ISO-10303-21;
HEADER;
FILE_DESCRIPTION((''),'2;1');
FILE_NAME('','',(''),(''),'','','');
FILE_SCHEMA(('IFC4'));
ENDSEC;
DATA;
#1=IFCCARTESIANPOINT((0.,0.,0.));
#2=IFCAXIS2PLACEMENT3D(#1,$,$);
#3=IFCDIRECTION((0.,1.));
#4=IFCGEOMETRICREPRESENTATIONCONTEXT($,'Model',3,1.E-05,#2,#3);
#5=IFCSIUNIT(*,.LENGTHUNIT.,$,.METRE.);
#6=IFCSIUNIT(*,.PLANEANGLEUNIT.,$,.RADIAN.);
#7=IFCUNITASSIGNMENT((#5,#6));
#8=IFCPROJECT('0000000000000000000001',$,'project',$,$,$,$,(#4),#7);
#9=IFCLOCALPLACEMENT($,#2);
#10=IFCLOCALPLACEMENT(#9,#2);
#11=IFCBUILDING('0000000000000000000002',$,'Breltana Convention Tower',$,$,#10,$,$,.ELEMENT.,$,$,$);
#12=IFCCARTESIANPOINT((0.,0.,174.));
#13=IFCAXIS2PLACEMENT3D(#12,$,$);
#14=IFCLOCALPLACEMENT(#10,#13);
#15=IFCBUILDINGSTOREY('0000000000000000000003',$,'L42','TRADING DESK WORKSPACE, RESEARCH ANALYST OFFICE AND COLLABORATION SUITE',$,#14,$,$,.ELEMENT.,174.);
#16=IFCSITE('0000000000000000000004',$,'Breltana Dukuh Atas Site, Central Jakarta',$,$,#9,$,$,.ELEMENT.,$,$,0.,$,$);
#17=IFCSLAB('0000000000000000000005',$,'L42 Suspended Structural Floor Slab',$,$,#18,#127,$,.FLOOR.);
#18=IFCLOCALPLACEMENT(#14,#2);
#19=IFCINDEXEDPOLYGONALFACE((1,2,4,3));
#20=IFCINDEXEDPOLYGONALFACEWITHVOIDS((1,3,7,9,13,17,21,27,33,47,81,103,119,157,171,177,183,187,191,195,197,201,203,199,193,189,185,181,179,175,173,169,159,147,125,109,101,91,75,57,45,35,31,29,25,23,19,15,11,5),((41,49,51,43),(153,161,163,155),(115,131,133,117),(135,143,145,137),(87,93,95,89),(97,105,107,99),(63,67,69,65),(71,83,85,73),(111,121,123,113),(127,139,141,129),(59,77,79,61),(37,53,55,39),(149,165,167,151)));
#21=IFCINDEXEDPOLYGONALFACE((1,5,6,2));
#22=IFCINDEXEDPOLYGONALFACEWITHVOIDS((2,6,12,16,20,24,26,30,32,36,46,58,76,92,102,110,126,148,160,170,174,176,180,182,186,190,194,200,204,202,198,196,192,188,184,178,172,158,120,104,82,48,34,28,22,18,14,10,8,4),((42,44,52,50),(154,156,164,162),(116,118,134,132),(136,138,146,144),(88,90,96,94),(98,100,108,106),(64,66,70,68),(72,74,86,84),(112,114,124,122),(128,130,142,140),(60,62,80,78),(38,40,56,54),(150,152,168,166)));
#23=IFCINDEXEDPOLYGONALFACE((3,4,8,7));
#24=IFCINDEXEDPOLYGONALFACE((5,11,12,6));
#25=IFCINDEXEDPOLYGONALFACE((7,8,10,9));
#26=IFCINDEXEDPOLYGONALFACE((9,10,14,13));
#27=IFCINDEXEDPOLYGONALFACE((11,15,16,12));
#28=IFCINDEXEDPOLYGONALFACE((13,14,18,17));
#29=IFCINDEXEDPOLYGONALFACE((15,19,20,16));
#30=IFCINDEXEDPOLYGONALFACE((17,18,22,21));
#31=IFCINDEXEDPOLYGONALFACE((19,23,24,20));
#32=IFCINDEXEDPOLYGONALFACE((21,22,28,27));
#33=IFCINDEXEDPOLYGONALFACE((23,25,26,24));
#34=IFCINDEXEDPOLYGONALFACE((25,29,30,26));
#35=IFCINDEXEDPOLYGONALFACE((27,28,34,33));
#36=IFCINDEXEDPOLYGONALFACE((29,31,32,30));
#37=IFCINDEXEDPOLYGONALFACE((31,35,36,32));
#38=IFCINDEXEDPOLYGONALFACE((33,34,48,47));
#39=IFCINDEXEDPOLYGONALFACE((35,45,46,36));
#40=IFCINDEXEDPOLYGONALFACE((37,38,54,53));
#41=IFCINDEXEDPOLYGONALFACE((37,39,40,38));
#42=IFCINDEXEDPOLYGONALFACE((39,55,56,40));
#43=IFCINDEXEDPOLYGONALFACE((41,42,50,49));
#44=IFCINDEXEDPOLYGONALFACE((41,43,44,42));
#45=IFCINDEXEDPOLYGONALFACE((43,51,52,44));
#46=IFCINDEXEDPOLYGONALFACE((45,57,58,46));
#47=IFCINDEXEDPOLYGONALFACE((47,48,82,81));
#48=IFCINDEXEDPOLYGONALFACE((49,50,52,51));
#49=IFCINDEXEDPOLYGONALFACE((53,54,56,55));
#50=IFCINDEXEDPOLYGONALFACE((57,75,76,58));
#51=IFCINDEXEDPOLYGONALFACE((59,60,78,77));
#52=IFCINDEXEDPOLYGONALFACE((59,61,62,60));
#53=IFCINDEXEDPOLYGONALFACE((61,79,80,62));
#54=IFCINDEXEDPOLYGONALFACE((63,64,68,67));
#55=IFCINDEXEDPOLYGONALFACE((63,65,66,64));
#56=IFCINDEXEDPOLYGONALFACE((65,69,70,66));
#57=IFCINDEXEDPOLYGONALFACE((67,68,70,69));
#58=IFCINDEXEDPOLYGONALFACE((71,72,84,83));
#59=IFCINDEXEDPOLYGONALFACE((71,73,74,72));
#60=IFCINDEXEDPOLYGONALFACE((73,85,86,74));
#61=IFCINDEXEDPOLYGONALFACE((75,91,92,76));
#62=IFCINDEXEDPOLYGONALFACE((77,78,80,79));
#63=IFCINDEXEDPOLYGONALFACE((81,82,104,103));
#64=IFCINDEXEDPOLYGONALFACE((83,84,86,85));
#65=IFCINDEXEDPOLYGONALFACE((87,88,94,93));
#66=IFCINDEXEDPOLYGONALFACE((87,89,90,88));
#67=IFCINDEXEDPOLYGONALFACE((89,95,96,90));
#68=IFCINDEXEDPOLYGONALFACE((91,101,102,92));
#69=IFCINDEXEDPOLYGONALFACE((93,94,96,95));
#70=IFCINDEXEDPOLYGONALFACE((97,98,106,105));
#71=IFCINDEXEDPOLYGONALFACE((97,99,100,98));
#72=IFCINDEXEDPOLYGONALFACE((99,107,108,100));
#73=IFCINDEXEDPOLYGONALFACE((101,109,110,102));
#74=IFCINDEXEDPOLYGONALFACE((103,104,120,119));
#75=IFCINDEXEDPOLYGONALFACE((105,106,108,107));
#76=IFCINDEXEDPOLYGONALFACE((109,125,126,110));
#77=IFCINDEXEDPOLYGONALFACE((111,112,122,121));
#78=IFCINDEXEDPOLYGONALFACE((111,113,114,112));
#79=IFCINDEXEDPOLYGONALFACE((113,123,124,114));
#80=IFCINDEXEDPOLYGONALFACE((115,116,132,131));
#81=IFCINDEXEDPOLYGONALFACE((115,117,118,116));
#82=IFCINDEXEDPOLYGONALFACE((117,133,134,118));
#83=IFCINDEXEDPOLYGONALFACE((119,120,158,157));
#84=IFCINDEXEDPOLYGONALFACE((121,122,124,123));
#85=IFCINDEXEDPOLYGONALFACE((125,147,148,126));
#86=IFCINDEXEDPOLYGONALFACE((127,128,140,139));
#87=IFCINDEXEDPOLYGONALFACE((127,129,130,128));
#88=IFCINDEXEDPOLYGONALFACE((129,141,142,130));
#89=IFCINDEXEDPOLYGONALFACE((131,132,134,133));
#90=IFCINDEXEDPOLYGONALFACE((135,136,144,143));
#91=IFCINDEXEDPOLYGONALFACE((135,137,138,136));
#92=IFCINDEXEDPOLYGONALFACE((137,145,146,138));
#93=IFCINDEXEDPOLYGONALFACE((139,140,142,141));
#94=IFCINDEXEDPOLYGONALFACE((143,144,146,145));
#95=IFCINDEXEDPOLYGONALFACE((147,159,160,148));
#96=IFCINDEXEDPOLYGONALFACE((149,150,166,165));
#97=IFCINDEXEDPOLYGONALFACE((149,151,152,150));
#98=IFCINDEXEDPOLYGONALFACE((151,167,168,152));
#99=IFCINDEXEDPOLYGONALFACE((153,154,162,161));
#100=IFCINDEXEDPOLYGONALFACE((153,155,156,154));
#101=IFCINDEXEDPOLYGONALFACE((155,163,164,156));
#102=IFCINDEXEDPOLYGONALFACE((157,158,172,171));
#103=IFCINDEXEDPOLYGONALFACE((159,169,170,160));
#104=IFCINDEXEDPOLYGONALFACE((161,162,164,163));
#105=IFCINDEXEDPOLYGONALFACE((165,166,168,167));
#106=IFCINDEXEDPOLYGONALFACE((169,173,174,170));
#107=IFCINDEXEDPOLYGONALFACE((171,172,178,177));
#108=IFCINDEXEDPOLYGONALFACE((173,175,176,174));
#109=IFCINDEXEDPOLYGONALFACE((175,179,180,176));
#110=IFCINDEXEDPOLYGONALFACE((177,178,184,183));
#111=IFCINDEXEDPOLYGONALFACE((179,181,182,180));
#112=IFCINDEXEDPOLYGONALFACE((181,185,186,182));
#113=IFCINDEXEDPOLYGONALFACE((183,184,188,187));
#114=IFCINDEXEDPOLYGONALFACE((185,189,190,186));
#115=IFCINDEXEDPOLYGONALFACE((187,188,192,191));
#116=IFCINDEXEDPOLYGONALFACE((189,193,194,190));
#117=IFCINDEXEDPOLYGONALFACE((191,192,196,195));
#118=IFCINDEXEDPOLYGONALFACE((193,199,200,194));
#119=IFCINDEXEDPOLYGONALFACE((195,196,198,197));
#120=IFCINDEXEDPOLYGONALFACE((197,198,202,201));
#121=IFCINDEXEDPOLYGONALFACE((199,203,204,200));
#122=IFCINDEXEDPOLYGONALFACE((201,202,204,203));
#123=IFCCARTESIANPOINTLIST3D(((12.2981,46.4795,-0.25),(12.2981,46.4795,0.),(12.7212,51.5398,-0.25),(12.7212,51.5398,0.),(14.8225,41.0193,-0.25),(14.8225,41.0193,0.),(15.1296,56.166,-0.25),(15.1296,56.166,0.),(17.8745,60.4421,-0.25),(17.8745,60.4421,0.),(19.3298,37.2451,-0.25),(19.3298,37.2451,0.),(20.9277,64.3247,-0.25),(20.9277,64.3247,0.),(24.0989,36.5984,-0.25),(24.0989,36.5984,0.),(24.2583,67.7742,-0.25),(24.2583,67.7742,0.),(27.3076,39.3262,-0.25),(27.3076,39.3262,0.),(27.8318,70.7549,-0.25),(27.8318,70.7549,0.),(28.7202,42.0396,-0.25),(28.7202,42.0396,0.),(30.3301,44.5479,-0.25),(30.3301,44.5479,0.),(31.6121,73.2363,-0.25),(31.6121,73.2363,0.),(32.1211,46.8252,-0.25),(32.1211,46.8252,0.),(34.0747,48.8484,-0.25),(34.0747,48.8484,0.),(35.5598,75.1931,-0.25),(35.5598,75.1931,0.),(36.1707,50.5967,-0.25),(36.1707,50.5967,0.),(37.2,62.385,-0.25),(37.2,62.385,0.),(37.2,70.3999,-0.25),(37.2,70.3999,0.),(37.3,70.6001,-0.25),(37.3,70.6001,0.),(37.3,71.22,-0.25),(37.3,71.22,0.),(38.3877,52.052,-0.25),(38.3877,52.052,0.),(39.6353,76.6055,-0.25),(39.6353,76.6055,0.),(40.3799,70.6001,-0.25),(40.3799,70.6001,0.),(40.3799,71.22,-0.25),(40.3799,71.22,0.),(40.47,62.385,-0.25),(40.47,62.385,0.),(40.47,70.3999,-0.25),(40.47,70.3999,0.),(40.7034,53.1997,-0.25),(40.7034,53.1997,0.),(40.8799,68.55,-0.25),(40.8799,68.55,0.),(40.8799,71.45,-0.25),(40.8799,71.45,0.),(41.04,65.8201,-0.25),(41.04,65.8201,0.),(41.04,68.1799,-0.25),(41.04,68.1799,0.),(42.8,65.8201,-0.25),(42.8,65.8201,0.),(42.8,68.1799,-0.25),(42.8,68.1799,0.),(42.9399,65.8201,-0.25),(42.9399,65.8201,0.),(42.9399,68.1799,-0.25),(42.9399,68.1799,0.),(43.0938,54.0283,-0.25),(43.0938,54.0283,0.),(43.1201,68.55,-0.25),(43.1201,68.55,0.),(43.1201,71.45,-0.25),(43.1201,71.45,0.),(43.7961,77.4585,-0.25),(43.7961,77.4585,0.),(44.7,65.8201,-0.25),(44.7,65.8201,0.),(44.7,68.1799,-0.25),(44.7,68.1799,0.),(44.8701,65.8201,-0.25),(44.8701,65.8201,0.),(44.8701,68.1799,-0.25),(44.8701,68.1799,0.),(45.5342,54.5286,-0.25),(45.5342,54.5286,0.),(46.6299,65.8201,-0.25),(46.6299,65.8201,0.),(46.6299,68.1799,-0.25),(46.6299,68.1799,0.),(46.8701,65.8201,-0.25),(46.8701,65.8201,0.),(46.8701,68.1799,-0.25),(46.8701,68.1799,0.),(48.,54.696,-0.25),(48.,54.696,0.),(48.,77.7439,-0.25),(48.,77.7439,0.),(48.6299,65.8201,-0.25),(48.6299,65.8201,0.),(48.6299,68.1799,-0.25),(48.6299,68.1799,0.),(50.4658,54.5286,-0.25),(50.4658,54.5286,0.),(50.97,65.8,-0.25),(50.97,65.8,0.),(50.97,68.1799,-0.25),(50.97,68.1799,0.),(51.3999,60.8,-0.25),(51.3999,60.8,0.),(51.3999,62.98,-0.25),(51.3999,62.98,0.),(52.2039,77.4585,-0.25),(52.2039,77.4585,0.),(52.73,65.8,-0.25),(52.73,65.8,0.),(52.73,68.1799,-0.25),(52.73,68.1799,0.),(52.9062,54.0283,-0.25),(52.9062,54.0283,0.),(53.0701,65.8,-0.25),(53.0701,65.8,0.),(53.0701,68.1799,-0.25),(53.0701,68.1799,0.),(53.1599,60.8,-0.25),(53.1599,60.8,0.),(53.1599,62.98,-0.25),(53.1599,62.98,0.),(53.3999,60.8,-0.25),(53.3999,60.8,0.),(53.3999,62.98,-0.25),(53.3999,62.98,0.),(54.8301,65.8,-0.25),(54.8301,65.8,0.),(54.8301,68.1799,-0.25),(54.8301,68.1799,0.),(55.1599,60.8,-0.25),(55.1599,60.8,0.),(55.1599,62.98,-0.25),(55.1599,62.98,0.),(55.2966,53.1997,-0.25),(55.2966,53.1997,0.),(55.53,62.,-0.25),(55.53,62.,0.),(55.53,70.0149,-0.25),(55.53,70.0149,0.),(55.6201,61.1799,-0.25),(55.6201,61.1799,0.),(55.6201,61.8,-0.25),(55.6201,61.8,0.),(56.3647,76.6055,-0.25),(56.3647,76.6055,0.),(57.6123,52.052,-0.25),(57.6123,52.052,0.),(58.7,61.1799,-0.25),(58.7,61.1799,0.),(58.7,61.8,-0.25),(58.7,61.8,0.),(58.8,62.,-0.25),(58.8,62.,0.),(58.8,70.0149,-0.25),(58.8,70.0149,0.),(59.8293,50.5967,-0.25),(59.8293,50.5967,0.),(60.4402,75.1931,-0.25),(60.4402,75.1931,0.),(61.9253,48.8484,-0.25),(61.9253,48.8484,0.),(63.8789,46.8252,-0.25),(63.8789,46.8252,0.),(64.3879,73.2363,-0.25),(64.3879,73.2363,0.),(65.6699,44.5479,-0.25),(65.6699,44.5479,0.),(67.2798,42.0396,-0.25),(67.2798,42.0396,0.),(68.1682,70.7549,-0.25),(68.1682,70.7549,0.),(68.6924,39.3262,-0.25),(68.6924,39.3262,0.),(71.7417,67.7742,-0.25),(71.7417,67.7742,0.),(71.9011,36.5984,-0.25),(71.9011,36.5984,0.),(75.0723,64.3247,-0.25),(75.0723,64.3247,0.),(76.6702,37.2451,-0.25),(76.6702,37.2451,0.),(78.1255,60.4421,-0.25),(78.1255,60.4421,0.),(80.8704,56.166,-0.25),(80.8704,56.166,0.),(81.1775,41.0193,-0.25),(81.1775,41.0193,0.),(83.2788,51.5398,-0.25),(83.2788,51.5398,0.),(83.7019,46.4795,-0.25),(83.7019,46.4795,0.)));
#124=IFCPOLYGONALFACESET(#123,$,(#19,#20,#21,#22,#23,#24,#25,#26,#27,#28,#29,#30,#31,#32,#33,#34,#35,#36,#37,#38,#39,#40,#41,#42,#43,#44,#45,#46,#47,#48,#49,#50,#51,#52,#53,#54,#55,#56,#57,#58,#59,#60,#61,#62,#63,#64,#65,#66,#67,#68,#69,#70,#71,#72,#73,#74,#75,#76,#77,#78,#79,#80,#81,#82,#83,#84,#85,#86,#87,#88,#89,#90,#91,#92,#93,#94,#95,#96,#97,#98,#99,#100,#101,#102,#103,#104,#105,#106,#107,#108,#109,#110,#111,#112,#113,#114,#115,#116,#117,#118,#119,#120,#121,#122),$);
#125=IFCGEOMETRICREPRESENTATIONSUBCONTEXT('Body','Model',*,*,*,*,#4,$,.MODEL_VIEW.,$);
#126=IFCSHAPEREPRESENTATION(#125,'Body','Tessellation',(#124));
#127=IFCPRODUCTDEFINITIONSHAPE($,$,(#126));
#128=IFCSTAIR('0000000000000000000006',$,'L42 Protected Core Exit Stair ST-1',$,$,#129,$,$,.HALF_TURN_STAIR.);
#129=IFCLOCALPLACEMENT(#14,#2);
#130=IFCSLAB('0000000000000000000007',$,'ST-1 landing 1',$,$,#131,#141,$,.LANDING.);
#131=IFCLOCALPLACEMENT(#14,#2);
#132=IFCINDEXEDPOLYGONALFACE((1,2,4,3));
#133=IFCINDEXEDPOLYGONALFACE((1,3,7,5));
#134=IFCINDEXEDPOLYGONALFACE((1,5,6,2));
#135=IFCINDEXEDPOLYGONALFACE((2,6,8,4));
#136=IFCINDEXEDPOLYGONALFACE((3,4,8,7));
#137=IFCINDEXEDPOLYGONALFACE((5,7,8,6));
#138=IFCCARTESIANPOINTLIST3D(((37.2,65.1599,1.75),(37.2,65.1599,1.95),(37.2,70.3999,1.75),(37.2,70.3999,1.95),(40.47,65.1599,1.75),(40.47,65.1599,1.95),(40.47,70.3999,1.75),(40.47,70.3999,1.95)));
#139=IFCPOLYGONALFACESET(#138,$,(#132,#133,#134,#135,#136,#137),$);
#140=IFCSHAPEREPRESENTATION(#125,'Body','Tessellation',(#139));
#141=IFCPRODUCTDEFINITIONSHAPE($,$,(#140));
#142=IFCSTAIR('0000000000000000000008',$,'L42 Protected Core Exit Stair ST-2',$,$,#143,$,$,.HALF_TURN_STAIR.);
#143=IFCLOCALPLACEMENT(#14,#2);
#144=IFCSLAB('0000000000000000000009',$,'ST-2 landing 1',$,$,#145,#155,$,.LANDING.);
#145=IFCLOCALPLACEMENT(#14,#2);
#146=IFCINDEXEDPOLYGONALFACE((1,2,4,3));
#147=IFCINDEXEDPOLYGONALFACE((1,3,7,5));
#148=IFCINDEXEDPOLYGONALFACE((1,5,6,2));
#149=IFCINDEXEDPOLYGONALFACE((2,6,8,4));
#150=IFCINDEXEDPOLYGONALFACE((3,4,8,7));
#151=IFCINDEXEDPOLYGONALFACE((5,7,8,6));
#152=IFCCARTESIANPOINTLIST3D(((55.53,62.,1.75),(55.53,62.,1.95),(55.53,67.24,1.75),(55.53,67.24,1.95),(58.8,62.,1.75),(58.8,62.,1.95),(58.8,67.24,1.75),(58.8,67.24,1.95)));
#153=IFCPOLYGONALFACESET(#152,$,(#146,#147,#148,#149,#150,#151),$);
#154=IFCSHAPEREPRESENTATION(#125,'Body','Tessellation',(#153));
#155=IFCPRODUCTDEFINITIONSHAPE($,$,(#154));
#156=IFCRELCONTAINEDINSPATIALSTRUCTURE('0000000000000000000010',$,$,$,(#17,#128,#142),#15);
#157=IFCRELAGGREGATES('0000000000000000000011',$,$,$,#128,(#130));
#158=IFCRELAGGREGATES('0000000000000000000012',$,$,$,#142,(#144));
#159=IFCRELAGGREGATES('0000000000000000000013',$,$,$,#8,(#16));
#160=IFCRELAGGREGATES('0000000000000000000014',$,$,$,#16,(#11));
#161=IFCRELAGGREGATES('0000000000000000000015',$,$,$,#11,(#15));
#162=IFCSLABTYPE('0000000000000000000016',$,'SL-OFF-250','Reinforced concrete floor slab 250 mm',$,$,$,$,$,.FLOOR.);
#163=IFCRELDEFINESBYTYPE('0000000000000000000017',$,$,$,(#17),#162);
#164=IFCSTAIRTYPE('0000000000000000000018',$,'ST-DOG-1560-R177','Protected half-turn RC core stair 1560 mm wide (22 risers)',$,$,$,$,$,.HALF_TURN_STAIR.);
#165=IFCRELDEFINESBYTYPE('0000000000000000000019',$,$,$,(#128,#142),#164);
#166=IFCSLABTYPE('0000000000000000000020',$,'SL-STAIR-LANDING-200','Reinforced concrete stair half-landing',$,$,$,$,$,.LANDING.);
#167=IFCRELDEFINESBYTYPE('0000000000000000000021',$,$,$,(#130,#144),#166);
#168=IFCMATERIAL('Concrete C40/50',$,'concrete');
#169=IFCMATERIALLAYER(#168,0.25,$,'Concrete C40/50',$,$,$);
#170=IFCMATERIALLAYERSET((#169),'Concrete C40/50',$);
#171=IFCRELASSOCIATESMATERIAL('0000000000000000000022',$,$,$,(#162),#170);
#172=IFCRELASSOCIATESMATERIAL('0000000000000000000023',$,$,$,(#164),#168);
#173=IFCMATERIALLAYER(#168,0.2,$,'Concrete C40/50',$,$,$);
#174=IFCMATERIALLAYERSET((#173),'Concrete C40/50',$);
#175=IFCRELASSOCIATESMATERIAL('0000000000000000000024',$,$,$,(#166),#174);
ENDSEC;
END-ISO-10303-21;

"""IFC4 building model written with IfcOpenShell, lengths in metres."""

from ifc_helpers import new_model, si_unit, direction, frame, origin, place, context, subcontext, project, spatial, polyline, outline, extrude, material, layer, layer_set, type_object, element, aggregate, save


model = new_model("IFC4")

# Units and contexts
model_context = context("Model", 3, precision=1e-05, world=origin(), true_north=direction((0.0, 1.0)))
body_context = subcontext(model_context, "Body", "Model", "MODEL_VIEW")
ifc_project = project(units=[si_unit("LENGTHUNIT", "METRE"), si_unit("PLANEANGLEUNIT", "RADIAN")], contexts=[model_context])

# Site, building, storey
site_placement = place(None, origin())
site = spatial("IfcSite", under=ifc_project, at=site_placement, Name="Breltana Dukuh Atas Site, Central Jakarta", CompositionType="ELEMENT", RefElevation=0.0)
building_placement = place(site_placement, origin())
building = spatial("IfcBuilding", under=site, at=building_placement, Name="Breltana Convention Tower", CompositionType="ELEMENT")
storey_placement = place(building_placement, frame((0.0, 0.0, 174.0)))
storey = spatial("IfcBuildingStorey", under=building, at=storey_placement, Name="L42", Description="TRADING DESK WORKSPACE, RESEARCH ANALYST OFFICE AND COLLABORATION SUITE", CompositionType="ELEMENT", Elevation=174.0)

# Slab
ifc_material_1 = material(Name="Concrete C40/50", Category="concrete")
ifc_layer_1 = layer(ifc_material_1, 0.25, Name="Concrete C40/50")
ifc_layer_set_1 = layer_set([ifc_layer_1], Name="Concrete C40/50")
slab_type_1 = type_object("IfcSlabType", Name="SL-OFF-250", Description="Reinforced concrete floor slab 250 mm", PredefinedType="FLOOR", material=ifc_layer_set_1)
slab_1_placement = place(storey_placement, frame((0.0, 0.0, -0.25)))
element("IfcSlab", 1, at=slab_1_placement, inside=storey, type_object=slab_type_1, Name="L42 Suspended Structural Floor Slab", PredefinedType="FLOOR", context=body_context, shape_type="SweptSolid", body=[
    extrude(outline(polyline([(83.2788, 51.5398), (80.8704, 56.166), (78.1255, 60.4421), (75.0723, 64.3247), (71.7417, 67.7742), (68.1682, 70.7549), (64.3879, 73.2363), (60.4402, 75.1931), (56.3647, 76.6055), (52.2039, 77.4585), (48.0, 77.7439), (43.7961, 77.4585), (39.6353, 76.6055), (35.5598, 75.1931), (31.6121, 73.2363), (27.8318, 70.7549), (24.2583, 67.7742), (20.9277, 64.3247), (17.8745, 60.4421), (15.1296, 56.166), (12.7212, 51.5398), (12.2981, 46.4795), (14.8225, 41.0193), (19.3298, 37.2451), (24.0989, 36.5984), (27.3076, 39.3262), (28.7202, 42.0396), (30.3301, 44.5479), (32.1211, 46.8252), (34.0747, 48.8484), (36.1707, 50.5967), (38.3877, 52.052), (40.7034, 53.1997), (43.0938, 54.0283), (45.5342, 54.5286), (48.0, 54.696), (50.4658, 54.5286), (52.9062, 54.0283), (55.2966, 53.1997), (57.6123, 52.052), (59.8293, 50.5967), (61.9253, 48.8484), (63.8789, 46.8252), (65.6699, 44.5479), (67.2798, 42.0396), (68.6924, 39.3262), (71.9011, 36.5984), (76.6702, 37.2451), (81.1775, 41.0193), (83.7019, 46.4795), (83.2788, 51.5398)]), holes=[polyline([(37.2, 62.385), (40.47, 62.385), (40.47, 70.3999), (37.2, 70.3999), (37.2, 62.385)]), polyline([(55.53, 62.0), (58.8, 62.0), (58.8, 70.0149), (55.53, 70.0149), (55.53, 62.0)]), polyline([(51.3999, 60.8), (53.1599, 60.8), (53.1599, 62.98), (51.3999, 62.98), (51.3999, 60.8)]), polyline([(53.3999, 60.8), (55.1599, 60.8), (55.1599, 62.98), (53.3999, 62.98), (53.3999, 60.8)]), polyline([(41.04, 65.8201), (42.8, 65.8201), (42.8, 68.1799), (41.04, 68.1799), (41.04, 65.8201)]), polyline([(42.9399, 65.8201), (44.7, 65.8201), (44.7, 68.1799), (42.9399, 68.1799), (42.9399, 65.8201)]), polyline([(44.8701, 65.8201), (46.6299, 65.8201), (46.6299, 68.1799), (44.8701, 68.1799), (44.8701, 65.8201)]), polyline([(46.8701, 65.8201), (48.6299, 65.8201), (48.6299, 68.1799), (46.8701, 68.1799), (46.8701, 65.8201)]), polyline([(50.97, 65.8), (52.73, 65.8), (52.73, 68.1799), (50.97, 68.1799), (50.97, 65.8)]), polyline([(53.0701, 65.8), (54.8301, 65.8), (54.8301, 68.1799), (53.0701, 68.1799), (53.0701, 65.8)]), polyline([(40.8799, 68.55), (43.1201, 68.55), (43.1201, 71.45), (40.8799, 71.45), (40.8799, 68.55)]), polyline([(37.3, 70.6001), (40.3799, 70.6001), (40.3799, 71.22), (37.3, 71.22), (37.3, 70.6001)]), polyline([(55.6201, 61.1799), (58.7, 61.1799), (58.7, 61.8), (55.6201, 61.8), (55.6201, 61.1799)])]), origin(), (0.0, 0.0, 1.0), 0.25),
])

# Stairs, slabs
stair_type = type_object("IfcStairType", Name="ST-DOG-1560-R177", Description="Protected half-turn RC core stair 1560 mm wide (22 risers)", PredefinedType="HALF_TURN_STAIR", material=ifc_material_1)
stair_1_placement = place(storey_placement, origin())
stair_1 = element("IfcStair", 2, at=stair_1_placement, inside=storey, type_object=stair_type, Name="L42 Protected Core Exit Stair ST-1", PredefinedType="HALF_TURN_STAIR")
ifc_layer_2 = layer(ifc_material_1, 0.2, Name="Concrete C40/50")
ifc_layer_set_2 = layer_set([ifc_layer_2], Name="Concrete C40/50")
slab_type_2 = type_object("IfcSlabType", Name="SL-STAIR-LANDING-200", Description="Reinforced concrete stair half-landing", PredefinedType="LANDING", material=ifc_layer_set_2)
slab_2_placement = place(storey_placement, frame((0.0, 0.0, 1.75)))
slab_2 = element("IfcSlab", 3, at=slab_2_placement, type_object=slab_type_2, Name="ST-1 landing 1", PredefinedType="LANDING", context=body_context, shape_type="SweptSolid", body=[
    extrude(outline(polyline([(40.47, 65.1599), (40.47, 70.3999), (37.2, 70.3999), (37.2, 65.1599), (40.47, 65.1599)])), origin(), (0.0, 0.0, 1.0), 0.2),
])
aggregate(stair_1, [slab_2])
stair_2_placement = place(storey_placement, origin())
stair_2 = element("IfcStair", 4, at=stair_2_placement, inside=storey, type_object=stair_type, Name="L42 Protected Core Exit Stair ST-2", PredefinedType="HALF_TURN_STAIR")
slab_3_placement = place(storey_placement, frame((0.0, 0.0, 1.75)))
slab_3 = element("IfcSlab", 5, at=slab_3_placement, type_object=slab_type_2, Name="ST-2 landing 1", PredefinedType="LANDING", context=body_context, shape_type="SweptSolid", body=[
    extrude(outline(polyline([(55.53, 67.24), (55.53, 62.0), (58.8, 62.0), (58.8, 67.24), (55.53, 67.24)])), origin(), (0.0, 0.0, 1.0), 0.2),
])
aggregate(stair_2, [slab_3])

save(model, "model.ifc")
